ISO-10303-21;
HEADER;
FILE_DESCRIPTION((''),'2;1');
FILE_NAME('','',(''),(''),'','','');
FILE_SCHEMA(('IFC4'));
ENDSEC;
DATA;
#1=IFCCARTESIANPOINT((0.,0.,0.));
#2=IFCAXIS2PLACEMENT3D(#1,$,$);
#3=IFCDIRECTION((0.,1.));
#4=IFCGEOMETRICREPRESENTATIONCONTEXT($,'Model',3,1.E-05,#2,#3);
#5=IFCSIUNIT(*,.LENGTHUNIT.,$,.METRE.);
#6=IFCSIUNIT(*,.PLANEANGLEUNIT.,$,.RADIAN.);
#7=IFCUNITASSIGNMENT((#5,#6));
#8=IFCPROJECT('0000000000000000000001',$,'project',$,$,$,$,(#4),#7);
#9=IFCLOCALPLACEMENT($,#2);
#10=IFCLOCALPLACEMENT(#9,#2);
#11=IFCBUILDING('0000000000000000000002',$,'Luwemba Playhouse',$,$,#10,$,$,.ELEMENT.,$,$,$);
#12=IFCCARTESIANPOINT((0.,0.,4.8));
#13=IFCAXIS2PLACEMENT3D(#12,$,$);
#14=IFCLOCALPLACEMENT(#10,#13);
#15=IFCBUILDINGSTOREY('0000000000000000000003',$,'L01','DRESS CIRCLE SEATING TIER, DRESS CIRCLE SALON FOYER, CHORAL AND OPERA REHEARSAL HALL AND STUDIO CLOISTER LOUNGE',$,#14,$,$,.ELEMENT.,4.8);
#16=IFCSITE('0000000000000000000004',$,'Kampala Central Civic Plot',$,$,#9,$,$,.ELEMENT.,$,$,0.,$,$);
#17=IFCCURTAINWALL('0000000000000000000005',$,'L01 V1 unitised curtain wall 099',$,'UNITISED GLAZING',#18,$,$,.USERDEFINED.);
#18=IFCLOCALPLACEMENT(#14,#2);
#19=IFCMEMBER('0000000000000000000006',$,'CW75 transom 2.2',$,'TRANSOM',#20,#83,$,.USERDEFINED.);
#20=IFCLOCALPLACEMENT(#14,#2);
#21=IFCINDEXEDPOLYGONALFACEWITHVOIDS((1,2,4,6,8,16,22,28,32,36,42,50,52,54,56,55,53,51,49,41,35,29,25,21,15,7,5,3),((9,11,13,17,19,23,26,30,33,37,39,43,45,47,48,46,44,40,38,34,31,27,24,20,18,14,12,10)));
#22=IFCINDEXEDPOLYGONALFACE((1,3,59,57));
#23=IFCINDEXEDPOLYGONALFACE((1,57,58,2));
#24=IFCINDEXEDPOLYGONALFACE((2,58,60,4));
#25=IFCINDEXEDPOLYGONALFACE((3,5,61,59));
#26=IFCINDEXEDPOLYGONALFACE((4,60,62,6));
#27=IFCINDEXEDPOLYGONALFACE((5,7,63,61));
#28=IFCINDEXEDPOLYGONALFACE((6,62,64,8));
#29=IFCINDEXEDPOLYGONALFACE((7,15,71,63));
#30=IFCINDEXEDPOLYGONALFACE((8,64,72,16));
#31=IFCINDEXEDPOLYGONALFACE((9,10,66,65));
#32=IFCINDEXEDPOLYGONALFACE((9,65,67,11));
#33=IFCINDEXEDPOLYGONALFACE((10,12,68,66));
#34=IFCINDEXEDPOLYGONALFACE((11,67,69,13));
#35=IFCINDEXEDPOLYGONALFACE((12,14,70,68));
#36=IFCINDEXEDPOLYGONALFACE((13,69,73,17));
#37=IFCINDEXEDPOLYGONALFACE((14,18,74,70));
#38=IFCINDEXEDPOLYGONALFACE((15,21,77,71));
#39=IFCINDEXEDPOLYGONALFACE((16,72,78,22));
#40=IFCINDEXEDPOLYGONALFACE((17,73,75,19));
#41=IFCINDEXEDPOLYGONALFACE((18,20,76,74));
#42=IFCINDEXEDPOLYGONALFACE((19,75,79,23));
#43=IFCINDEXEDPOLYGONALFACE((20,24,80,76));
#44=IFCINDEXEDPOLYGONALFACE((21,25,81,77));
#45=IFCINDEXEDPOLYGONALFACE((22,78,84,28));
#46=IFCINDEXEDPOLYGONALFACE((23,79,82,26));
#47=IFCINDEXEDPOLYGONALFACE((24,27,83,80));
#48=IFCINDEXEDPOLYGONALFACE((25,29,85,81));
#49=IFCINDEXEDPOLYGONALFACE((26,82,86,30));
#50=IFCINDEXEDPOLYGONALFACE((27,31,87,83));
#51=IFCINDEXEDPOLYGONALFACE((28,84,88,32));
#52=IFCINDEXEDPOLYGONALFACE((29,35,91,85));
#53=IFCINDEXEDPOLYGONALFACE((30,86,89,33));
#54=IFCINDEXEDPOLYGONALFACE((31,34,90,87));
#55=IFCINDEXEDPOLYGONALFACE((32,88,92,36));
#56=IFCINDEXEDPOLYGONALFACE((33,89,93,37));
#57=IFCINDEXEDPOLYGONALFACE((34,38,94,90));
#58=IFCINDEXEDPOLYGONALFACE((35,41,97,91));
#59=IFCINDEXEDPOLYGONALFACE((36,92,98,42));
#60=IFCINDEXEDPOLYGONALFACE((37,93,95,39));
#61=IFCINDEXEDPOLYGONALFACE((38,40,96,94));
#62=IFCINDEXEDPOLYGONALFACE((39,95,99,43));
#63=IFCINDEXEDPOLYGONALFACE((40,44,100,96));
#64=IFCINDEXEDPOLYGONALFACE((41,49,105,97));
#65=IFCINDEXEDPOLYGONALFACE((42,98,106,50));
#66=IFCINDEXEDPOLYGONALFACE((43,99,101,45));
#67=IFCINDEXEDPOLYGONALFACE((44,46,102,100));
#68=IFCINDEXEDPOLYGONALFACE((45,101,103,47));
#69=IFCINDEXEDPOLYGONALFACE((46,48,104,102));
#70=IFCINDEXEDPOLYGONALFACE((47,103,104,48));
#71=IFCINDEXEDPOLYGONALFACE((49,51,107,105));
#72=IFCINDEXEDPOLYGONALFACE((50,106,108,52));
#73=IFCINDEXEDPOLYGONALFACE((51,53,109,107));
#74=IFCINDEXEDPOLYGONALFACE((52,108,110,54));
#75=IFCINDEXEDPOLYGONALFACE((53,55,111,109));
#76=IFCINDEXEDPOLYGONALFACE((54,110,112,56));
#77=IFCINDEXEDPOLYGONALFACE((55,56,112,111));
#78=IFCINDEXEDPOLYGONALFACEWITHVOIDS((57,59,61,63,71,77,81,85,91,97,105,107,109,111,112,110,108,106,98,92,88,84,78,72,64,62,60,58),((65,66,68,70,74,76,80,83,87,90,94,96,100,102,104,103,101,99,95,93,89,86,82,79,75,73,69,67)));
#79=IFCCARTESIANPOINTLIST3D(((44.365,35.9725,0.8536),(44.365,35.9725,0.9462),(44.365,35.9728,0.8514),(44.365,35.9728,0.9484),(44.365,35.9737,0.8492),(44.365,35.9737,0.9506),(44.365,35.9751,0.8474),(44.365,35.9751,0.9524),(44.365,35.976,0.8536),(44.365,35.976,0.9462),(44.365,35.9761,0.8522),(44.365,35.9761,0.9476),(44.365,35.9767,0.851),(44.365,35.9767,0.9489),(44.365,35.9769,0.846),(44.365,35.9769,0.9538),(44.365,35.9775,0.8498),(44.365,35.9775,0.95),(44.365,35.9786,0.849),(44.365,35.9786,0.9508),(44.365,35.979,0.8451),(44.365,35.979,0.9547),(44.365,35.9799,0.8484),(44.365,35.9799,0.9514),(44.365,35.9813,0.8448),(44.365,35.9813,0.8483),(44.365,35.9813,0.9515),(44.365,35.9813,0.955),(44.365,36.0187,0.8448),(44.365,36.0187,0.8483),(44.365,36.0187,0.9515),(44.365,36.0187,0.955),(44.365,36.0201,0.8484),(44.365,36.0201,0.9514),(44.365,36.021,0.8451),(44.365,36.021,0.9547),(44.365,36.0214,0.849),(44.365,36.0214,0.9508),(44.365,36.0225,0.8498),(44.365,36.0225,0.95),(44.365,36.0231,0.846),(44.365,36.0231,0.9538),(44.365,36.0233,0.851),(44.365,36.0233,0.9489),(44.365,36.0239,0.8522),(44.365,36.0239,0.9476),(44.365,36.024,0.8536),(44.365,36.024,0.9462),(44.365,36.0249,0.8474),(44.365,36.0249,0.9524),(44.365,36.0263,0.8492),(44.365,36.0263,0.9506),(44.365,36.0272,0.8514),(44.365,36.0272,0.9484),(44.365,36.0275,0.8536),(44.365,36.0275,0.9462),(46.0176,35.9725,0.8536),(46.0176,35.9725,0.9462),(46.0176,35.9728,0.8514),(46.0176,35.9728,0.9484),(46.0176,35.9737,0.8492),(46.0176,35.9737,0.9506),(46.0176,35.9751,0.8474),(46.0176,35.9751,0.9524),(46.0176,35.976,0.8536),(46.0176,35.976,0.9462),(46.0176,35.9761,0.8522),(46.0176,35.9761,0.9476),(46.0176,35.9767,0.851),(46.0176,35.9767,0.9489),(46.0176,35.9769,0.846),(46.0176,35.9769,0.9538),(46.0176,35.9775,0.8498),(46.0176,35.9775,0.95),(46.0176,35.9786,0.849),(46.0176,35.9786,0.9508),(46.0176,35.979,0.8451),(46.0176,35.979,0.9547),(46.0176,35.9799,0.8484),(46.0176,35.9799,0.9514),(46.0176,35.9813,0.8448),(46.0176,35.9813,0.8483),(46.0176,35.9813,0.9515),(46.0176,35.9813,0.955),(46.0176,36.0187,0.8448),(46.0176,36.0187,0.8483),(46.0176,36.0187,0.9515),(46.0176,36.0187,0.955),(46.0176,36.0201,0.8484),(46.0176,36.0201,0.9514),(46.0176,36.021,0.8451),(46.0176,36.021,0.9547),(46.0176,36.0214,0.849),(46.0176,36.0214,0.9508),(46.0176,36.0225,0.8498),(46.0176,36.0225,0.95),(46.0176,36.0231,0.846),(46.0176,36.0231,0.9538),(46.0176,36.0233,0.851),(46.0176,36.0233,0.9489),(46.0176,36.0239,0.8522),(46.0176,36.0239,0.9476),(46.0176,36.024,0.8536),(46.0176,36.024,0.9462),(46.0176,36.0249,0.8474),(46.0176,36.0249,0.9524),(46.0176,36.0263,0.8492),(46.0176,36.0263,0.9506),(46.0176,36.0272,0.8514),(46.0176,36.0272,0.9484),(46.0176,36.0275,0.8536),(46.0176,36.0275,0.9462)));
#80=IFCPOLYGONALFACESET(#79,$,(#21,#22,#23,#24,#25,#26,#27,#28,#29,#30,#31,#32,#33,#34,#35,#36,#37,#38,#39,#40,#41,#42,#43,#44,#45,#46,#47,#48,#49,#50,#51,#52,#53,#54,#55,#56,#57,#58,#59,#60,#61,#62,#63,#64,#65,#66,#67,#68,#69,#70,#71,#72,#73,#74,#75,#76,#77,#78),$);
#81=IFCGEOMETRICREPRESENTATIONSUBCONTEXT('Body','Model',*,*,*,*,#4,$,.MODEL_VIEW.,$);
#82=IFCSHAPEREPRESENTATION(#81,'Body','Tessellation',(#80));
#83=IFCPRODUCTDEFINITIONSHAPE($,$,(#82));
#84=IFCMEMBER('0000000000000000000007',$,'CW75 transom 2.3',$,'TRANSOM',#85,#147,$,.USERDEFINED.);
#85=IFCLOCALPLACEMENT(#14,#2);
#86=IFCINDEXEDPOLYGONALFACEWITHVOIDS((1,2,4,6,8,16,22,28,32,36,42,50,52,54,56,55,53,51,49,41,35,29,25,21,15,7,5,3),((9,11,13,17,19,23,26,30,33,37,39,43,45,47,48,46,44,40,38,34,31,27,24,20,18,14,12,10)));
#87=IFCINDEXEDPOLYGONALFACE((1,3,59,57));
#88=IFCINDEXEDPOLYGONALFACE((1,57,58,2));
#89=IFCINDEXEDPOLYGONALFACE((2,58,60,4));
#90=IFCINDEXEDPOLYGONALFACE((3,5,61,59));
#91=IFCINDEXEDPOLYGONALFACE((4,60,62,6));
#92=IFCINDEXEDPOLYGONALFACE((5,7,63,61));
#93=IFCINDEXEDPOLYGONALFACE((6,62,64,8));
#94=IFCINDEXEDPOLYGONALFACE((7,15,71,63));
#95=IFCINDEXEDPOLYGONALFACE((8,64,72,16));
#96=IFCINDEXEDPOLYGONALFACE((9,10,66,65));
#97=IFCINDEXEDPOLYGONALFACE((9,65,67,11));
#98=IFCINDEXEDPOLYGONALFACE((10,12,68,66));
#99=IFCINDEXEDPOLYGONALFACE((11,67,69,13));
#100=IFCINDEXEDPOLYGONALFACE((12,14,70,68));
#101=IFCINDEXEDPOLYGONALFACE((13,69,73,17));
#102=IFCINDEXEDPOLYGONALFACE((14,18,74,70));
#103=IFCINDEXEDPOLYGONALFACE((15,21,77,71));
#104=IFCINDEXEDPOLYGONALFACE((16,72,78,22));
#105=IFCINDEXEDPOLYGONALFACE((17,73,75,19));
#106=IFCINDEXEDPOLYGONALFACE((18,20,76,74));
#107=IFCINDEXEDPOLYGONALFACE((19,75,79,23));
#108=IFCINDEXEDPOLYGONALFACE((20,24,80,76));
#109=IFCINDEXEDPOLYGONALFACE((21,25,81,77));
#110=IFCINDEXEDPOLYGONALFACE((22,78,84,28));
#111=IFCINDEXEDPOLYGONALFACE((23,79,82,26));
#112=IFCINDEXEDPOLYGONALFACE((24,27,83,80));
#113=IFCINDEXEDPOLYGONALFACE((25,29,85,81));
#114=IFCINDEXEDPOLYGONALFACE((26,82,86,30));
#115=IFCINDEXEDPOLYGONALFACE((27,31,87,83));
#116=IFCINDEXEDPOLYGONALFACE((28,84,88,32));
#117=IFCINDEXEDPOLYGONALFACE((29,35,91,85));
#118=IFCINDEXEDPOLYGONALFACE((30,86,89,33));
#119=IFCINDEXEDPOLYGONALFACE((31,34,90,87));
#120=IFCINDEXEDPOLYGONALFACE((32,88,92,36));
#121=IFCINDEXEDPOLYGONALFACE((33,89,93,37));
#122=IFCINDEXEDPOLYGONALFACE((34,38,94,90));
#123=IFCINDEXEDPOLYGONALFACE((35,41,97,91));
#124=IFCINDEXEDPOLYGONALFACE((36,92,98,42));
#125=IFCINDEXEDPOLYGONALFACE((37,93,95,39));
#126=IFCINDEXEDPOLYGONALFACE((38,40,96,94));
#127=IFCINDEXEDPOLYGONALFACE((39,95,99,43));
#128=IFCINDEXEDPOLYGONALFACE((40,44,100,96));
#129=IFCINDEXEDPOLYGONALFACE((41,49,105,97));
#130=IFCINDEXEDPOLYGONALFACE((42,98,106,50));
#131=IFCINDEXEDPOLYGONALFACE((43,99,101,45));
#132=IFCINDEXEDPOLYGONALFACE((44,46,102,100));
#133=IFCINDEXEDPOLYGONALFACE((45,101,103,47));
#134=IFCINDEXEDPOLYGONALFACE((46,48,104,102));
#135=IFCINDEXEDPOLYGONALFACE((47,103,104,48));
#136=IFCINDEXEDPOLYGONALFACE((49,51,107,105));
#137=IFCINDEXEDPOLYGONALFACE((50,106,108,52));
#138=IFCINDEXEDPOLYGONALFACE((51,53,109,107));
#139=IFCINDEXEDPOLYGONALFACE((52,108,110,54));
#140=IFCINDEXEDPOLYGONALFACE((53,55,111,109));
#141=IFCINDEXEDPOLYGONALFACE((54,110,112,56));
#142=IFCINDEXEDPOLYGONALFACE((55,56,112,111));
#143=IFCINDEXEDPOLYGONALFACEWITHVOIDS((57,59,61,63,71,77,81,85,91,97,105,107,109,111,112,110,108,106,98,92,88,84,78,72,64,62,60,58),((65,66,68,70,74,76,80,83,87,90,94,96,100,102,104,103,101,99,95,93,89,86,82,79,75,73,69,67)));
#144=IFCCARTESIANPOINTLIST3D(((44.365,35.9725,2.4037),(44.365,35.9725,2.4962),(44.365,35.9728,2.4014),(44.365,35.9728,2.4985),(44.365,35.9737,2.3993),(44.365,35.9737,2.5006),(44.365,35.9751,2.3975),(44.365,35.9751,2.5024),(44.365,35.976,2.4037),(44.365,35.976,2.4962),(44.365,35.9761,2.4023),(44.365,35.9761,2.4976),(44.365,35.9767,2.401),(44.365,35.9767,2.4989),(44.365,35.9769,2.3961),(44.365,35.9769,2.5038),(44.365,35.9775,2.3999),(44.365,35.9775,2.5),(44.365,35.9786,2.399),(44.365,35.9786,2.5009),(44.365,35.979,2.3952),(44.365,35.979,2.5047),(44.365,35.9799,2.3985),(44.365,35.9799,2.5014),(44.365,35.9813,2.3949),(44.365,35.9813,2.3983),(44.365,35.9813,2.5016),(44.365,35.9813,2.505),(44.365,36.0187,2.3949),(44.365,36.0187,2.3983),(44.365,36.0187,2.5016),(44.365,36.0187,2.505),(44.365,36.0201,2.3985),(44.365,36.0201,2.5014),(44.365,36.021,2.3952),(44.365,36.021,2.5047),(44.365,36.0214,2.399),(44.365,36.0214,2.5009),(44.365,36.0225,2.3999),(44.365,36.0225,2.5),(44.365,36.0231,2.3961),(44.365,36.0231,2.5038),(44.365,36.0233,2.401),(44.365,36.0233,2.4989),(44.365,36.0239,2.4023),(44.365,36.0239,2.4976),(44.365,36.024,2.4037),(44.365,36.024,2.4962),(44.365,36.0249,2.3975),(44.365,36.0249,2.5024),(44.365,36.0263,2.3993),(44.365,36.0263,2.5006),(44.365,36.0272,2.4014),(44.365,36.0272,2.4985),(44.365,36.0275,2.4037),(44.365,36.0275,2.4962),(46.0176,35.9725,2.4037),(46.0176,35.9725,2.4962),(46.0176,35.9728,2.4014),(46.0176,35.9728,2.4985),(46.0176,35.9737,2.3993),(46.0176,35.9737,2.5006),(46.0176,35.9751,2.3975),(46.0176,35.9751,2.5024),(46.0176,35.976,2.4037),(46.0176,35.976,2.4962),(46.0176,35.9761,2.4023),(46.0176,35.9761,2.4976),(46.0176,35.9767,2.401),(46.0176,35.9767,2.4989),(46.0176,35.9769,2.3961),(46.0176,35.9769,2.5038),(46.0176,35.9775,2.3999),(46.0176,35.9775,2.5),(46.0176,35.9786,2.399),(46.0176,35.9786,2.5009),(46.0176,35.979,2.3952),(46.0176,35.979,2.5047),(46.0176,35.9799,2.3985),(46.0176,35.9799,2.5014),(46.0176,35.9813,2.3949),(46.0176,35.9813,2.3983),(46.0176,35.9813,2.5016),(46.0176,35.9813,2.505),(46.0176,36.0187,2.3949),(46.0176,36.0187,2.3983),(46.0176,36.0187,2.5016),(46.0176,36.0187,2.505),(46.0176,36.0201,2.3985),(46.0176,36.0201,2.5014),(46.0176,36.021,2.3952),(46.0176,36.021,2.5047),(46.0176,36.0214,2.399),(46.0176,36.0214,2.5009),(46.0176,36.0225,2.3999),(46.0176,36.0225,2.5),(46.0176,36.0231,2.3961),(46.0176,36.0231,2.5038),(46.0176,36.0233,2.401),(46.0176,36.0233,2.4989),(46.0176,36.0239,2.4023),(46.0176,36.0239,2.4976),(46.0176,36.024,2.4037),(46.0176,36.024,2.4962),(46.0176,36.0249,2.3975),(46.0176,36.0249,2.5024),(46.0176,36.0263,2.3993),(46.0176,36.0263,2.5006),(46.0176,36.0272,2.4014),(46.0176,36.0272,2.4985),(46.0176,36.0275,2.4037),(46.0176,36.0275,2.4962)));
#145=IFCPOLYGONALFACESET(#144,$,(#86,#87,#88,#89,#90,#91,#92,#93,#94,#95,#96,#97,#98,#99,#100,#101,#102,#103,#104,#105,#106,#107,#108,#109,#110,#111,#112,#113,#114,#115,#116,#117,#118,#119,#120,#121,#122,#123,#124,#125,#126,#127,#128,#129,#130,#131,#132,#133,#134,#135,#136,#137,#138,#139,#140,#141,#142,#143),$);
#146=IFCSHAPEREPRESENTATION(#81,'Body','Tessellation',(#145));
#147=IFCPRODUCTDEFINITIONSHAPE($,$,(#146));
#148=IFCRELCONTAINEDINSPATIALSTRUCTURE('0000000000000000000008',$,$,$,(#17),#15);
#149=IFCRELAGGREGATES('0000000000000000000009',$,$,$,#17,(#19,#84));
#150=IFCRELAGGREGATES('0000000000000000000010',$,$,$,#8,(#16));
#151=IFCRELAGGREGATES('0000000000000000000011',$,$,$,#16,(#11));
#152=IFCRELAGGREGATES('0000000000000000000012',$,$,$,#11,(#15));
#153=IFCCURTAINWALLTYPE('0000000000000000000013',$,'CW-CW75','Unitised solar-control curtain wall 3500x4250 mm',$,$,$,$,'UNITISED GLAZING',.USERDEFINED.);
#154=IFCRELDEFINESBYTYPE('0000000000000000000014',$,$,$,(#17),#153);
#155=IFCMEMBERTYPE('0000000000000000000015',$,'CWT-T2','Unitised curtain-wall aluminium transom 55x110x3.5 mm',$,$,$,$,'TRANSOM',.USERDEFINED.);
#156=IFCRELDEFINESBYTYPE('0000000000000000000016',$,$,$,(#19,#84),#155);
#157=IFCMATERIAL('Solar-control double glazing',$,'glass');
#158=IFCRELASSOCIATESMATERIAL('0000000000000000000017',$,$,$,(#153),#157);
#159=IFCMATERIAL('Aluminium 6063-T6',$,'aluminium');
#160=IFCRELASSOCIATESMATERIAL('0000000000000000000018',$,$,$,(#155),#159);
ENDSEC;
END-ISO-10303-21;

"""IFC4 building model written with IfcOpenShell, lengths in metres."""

from ifc_helpers import new_model, si_unit, direction, frame, origin, origin_2d, place, context, subcontext, project, spatial, hollow_rectangle, extrude, material, material_profile, profile_set, type_object, element, aggregate, save


model = new_model("IFC4")

# Units and contexts
model_context = context("Model", 3, precision=1e-05, world=origin(), true_north=direction((0.0, 1.0)))
body_context = subcontext(model_context, "Body", "Model", "MODEL_VIEW")
ifc_project = project(units=[si_unit("LENGTHUNIT", "METRE"), si_unit("PLANEANGLEUNIT", "RADIAN")], contexts=[model_context])

# Site, building, storey
site_placement = place(None, origin())
site = spatial("IfcSite", under=ifc_project, at=site_placement, Name="Kampala Central Civic Plot", CompositionType="ELEMENT", RefElevation=0.0)
building_placement = place(site_placement, origin())
building = spatial("IfcBuilding", under=site, at=building_placement, Name="Luwemba Playhouse", CompositionType="ELEMENT")
storey_placement = place(building_placement, frame((0.0, 0.0, 4.8)))
storey = spatial("IfcBuildingStorey", under=building, at=storey_placement, Name="L01", Description="DRESS CIRCLE SEATING TIER, DRESS CIRCLE SALON FOYER, CHORAL AND OPERA REHEARSAL HALL AND STUDIO CLOISTER LOUNGE", CompositionType="ELEMENT", Elevation=4.8)

# Curtain wall
ifc_material_1 = material(Name="Solar-control double glazing", Category="glass")
curtain_wall_type_1 = type_object("IfcCurtainWallType", Name="CW-CW75", Description="Unitised solar-control curtain wall 3500x4250 mm", ElementType="UNITISED GLAZING", PredefinedType="USERDEFINED", material=ifc_material_1)
curtain_wall_1_placement = place(storey_placement, origin())
curtain_wall_1 = element("IfcCurtainWall", 1, at=curtain_wall_1_placement, inside=storey, type_object=curtain_wall_type_1, Name="L01 V1 unitised curtain wall 099", ObjectType="UNITISED GLAZING", PredefinedType="USERDEFINED")
ifc_material_2 = material(Name="Aluminium 6063-T6", Category="aluminium")

# Members
ifc_material_profile_1 = material_profile(ifc_material_2, hollow_rectangle(XDim=0.0549, YDim=0.1101, WallThickness=0.0034, InnerFilletRadius=0.0054, OuterFilletRadius=0.0088, at=origin_2d()))
ifc_profile_set_1 = profile_set([ifc_material_profile_1], Name="Aluminium 6063-T6")
member_type_1 = type_object("IfcMemberType", Name="CWT-T2", Description="Unitised curtain-wall aluminium transom 55x110x3.5 mm", ElementType="TRANSOM", PredefinedType="USERDEFINED", material=ifc_profile_set_1)
member_1_placement = place(storey_placement, frame((46.0176, 36.0, 0.8999), z_axis=(-1.0, 0.0, 0.0), x_axis=(0.0, -1.0, 0.0)))
member_1 = element("IfcMember", 2, at=member_1_placement, type_object=member_type_1, Name="CW75 transom 2.2", ObjectType="TRANSOM", PredefinedType="USERDEFINED", context=body_context, shape_type="SweptSolid", body=[
    extrude(hollow_rectangle(XDim=0.0549, YDim=0.1101, WallThickness=0.0034, InnerFilletRadius=0.0054, OuterFilletRadius=0.0088, at=origin_2d()), origin(), (0.0, 0.0, 1.0), 1.6526),
])
member_2_placement = place(storey_placement, frame((46.0176, 36.0, 2.45), z_axis=(-1.0, 0.0, 0.0), x_axis=(0.0, -1.0, 0.0)))
member_2 = element("IfcMember", 3, at=member_2_placement, type_object=member_type_1, Name="CW75 transom 2.3", ObjectType="TRANSOM", PredefinedType="USERDEFINED", context=body_context, shape_type="SweptSolid", body=[
    extrude(hollow_rectangle(XDim=0.0549, YDim=0.1101, WallThickness=0.0034, InnerFilletRadius=0.0054, OuterFilletRadius=0.0088, at=origin_2d()), origin(), (0.0, 0.0, 1.0), 1.6526),
])

aggregate(curtain_wall_1, [member_1, member_2])

save(model, "model.ifc")
